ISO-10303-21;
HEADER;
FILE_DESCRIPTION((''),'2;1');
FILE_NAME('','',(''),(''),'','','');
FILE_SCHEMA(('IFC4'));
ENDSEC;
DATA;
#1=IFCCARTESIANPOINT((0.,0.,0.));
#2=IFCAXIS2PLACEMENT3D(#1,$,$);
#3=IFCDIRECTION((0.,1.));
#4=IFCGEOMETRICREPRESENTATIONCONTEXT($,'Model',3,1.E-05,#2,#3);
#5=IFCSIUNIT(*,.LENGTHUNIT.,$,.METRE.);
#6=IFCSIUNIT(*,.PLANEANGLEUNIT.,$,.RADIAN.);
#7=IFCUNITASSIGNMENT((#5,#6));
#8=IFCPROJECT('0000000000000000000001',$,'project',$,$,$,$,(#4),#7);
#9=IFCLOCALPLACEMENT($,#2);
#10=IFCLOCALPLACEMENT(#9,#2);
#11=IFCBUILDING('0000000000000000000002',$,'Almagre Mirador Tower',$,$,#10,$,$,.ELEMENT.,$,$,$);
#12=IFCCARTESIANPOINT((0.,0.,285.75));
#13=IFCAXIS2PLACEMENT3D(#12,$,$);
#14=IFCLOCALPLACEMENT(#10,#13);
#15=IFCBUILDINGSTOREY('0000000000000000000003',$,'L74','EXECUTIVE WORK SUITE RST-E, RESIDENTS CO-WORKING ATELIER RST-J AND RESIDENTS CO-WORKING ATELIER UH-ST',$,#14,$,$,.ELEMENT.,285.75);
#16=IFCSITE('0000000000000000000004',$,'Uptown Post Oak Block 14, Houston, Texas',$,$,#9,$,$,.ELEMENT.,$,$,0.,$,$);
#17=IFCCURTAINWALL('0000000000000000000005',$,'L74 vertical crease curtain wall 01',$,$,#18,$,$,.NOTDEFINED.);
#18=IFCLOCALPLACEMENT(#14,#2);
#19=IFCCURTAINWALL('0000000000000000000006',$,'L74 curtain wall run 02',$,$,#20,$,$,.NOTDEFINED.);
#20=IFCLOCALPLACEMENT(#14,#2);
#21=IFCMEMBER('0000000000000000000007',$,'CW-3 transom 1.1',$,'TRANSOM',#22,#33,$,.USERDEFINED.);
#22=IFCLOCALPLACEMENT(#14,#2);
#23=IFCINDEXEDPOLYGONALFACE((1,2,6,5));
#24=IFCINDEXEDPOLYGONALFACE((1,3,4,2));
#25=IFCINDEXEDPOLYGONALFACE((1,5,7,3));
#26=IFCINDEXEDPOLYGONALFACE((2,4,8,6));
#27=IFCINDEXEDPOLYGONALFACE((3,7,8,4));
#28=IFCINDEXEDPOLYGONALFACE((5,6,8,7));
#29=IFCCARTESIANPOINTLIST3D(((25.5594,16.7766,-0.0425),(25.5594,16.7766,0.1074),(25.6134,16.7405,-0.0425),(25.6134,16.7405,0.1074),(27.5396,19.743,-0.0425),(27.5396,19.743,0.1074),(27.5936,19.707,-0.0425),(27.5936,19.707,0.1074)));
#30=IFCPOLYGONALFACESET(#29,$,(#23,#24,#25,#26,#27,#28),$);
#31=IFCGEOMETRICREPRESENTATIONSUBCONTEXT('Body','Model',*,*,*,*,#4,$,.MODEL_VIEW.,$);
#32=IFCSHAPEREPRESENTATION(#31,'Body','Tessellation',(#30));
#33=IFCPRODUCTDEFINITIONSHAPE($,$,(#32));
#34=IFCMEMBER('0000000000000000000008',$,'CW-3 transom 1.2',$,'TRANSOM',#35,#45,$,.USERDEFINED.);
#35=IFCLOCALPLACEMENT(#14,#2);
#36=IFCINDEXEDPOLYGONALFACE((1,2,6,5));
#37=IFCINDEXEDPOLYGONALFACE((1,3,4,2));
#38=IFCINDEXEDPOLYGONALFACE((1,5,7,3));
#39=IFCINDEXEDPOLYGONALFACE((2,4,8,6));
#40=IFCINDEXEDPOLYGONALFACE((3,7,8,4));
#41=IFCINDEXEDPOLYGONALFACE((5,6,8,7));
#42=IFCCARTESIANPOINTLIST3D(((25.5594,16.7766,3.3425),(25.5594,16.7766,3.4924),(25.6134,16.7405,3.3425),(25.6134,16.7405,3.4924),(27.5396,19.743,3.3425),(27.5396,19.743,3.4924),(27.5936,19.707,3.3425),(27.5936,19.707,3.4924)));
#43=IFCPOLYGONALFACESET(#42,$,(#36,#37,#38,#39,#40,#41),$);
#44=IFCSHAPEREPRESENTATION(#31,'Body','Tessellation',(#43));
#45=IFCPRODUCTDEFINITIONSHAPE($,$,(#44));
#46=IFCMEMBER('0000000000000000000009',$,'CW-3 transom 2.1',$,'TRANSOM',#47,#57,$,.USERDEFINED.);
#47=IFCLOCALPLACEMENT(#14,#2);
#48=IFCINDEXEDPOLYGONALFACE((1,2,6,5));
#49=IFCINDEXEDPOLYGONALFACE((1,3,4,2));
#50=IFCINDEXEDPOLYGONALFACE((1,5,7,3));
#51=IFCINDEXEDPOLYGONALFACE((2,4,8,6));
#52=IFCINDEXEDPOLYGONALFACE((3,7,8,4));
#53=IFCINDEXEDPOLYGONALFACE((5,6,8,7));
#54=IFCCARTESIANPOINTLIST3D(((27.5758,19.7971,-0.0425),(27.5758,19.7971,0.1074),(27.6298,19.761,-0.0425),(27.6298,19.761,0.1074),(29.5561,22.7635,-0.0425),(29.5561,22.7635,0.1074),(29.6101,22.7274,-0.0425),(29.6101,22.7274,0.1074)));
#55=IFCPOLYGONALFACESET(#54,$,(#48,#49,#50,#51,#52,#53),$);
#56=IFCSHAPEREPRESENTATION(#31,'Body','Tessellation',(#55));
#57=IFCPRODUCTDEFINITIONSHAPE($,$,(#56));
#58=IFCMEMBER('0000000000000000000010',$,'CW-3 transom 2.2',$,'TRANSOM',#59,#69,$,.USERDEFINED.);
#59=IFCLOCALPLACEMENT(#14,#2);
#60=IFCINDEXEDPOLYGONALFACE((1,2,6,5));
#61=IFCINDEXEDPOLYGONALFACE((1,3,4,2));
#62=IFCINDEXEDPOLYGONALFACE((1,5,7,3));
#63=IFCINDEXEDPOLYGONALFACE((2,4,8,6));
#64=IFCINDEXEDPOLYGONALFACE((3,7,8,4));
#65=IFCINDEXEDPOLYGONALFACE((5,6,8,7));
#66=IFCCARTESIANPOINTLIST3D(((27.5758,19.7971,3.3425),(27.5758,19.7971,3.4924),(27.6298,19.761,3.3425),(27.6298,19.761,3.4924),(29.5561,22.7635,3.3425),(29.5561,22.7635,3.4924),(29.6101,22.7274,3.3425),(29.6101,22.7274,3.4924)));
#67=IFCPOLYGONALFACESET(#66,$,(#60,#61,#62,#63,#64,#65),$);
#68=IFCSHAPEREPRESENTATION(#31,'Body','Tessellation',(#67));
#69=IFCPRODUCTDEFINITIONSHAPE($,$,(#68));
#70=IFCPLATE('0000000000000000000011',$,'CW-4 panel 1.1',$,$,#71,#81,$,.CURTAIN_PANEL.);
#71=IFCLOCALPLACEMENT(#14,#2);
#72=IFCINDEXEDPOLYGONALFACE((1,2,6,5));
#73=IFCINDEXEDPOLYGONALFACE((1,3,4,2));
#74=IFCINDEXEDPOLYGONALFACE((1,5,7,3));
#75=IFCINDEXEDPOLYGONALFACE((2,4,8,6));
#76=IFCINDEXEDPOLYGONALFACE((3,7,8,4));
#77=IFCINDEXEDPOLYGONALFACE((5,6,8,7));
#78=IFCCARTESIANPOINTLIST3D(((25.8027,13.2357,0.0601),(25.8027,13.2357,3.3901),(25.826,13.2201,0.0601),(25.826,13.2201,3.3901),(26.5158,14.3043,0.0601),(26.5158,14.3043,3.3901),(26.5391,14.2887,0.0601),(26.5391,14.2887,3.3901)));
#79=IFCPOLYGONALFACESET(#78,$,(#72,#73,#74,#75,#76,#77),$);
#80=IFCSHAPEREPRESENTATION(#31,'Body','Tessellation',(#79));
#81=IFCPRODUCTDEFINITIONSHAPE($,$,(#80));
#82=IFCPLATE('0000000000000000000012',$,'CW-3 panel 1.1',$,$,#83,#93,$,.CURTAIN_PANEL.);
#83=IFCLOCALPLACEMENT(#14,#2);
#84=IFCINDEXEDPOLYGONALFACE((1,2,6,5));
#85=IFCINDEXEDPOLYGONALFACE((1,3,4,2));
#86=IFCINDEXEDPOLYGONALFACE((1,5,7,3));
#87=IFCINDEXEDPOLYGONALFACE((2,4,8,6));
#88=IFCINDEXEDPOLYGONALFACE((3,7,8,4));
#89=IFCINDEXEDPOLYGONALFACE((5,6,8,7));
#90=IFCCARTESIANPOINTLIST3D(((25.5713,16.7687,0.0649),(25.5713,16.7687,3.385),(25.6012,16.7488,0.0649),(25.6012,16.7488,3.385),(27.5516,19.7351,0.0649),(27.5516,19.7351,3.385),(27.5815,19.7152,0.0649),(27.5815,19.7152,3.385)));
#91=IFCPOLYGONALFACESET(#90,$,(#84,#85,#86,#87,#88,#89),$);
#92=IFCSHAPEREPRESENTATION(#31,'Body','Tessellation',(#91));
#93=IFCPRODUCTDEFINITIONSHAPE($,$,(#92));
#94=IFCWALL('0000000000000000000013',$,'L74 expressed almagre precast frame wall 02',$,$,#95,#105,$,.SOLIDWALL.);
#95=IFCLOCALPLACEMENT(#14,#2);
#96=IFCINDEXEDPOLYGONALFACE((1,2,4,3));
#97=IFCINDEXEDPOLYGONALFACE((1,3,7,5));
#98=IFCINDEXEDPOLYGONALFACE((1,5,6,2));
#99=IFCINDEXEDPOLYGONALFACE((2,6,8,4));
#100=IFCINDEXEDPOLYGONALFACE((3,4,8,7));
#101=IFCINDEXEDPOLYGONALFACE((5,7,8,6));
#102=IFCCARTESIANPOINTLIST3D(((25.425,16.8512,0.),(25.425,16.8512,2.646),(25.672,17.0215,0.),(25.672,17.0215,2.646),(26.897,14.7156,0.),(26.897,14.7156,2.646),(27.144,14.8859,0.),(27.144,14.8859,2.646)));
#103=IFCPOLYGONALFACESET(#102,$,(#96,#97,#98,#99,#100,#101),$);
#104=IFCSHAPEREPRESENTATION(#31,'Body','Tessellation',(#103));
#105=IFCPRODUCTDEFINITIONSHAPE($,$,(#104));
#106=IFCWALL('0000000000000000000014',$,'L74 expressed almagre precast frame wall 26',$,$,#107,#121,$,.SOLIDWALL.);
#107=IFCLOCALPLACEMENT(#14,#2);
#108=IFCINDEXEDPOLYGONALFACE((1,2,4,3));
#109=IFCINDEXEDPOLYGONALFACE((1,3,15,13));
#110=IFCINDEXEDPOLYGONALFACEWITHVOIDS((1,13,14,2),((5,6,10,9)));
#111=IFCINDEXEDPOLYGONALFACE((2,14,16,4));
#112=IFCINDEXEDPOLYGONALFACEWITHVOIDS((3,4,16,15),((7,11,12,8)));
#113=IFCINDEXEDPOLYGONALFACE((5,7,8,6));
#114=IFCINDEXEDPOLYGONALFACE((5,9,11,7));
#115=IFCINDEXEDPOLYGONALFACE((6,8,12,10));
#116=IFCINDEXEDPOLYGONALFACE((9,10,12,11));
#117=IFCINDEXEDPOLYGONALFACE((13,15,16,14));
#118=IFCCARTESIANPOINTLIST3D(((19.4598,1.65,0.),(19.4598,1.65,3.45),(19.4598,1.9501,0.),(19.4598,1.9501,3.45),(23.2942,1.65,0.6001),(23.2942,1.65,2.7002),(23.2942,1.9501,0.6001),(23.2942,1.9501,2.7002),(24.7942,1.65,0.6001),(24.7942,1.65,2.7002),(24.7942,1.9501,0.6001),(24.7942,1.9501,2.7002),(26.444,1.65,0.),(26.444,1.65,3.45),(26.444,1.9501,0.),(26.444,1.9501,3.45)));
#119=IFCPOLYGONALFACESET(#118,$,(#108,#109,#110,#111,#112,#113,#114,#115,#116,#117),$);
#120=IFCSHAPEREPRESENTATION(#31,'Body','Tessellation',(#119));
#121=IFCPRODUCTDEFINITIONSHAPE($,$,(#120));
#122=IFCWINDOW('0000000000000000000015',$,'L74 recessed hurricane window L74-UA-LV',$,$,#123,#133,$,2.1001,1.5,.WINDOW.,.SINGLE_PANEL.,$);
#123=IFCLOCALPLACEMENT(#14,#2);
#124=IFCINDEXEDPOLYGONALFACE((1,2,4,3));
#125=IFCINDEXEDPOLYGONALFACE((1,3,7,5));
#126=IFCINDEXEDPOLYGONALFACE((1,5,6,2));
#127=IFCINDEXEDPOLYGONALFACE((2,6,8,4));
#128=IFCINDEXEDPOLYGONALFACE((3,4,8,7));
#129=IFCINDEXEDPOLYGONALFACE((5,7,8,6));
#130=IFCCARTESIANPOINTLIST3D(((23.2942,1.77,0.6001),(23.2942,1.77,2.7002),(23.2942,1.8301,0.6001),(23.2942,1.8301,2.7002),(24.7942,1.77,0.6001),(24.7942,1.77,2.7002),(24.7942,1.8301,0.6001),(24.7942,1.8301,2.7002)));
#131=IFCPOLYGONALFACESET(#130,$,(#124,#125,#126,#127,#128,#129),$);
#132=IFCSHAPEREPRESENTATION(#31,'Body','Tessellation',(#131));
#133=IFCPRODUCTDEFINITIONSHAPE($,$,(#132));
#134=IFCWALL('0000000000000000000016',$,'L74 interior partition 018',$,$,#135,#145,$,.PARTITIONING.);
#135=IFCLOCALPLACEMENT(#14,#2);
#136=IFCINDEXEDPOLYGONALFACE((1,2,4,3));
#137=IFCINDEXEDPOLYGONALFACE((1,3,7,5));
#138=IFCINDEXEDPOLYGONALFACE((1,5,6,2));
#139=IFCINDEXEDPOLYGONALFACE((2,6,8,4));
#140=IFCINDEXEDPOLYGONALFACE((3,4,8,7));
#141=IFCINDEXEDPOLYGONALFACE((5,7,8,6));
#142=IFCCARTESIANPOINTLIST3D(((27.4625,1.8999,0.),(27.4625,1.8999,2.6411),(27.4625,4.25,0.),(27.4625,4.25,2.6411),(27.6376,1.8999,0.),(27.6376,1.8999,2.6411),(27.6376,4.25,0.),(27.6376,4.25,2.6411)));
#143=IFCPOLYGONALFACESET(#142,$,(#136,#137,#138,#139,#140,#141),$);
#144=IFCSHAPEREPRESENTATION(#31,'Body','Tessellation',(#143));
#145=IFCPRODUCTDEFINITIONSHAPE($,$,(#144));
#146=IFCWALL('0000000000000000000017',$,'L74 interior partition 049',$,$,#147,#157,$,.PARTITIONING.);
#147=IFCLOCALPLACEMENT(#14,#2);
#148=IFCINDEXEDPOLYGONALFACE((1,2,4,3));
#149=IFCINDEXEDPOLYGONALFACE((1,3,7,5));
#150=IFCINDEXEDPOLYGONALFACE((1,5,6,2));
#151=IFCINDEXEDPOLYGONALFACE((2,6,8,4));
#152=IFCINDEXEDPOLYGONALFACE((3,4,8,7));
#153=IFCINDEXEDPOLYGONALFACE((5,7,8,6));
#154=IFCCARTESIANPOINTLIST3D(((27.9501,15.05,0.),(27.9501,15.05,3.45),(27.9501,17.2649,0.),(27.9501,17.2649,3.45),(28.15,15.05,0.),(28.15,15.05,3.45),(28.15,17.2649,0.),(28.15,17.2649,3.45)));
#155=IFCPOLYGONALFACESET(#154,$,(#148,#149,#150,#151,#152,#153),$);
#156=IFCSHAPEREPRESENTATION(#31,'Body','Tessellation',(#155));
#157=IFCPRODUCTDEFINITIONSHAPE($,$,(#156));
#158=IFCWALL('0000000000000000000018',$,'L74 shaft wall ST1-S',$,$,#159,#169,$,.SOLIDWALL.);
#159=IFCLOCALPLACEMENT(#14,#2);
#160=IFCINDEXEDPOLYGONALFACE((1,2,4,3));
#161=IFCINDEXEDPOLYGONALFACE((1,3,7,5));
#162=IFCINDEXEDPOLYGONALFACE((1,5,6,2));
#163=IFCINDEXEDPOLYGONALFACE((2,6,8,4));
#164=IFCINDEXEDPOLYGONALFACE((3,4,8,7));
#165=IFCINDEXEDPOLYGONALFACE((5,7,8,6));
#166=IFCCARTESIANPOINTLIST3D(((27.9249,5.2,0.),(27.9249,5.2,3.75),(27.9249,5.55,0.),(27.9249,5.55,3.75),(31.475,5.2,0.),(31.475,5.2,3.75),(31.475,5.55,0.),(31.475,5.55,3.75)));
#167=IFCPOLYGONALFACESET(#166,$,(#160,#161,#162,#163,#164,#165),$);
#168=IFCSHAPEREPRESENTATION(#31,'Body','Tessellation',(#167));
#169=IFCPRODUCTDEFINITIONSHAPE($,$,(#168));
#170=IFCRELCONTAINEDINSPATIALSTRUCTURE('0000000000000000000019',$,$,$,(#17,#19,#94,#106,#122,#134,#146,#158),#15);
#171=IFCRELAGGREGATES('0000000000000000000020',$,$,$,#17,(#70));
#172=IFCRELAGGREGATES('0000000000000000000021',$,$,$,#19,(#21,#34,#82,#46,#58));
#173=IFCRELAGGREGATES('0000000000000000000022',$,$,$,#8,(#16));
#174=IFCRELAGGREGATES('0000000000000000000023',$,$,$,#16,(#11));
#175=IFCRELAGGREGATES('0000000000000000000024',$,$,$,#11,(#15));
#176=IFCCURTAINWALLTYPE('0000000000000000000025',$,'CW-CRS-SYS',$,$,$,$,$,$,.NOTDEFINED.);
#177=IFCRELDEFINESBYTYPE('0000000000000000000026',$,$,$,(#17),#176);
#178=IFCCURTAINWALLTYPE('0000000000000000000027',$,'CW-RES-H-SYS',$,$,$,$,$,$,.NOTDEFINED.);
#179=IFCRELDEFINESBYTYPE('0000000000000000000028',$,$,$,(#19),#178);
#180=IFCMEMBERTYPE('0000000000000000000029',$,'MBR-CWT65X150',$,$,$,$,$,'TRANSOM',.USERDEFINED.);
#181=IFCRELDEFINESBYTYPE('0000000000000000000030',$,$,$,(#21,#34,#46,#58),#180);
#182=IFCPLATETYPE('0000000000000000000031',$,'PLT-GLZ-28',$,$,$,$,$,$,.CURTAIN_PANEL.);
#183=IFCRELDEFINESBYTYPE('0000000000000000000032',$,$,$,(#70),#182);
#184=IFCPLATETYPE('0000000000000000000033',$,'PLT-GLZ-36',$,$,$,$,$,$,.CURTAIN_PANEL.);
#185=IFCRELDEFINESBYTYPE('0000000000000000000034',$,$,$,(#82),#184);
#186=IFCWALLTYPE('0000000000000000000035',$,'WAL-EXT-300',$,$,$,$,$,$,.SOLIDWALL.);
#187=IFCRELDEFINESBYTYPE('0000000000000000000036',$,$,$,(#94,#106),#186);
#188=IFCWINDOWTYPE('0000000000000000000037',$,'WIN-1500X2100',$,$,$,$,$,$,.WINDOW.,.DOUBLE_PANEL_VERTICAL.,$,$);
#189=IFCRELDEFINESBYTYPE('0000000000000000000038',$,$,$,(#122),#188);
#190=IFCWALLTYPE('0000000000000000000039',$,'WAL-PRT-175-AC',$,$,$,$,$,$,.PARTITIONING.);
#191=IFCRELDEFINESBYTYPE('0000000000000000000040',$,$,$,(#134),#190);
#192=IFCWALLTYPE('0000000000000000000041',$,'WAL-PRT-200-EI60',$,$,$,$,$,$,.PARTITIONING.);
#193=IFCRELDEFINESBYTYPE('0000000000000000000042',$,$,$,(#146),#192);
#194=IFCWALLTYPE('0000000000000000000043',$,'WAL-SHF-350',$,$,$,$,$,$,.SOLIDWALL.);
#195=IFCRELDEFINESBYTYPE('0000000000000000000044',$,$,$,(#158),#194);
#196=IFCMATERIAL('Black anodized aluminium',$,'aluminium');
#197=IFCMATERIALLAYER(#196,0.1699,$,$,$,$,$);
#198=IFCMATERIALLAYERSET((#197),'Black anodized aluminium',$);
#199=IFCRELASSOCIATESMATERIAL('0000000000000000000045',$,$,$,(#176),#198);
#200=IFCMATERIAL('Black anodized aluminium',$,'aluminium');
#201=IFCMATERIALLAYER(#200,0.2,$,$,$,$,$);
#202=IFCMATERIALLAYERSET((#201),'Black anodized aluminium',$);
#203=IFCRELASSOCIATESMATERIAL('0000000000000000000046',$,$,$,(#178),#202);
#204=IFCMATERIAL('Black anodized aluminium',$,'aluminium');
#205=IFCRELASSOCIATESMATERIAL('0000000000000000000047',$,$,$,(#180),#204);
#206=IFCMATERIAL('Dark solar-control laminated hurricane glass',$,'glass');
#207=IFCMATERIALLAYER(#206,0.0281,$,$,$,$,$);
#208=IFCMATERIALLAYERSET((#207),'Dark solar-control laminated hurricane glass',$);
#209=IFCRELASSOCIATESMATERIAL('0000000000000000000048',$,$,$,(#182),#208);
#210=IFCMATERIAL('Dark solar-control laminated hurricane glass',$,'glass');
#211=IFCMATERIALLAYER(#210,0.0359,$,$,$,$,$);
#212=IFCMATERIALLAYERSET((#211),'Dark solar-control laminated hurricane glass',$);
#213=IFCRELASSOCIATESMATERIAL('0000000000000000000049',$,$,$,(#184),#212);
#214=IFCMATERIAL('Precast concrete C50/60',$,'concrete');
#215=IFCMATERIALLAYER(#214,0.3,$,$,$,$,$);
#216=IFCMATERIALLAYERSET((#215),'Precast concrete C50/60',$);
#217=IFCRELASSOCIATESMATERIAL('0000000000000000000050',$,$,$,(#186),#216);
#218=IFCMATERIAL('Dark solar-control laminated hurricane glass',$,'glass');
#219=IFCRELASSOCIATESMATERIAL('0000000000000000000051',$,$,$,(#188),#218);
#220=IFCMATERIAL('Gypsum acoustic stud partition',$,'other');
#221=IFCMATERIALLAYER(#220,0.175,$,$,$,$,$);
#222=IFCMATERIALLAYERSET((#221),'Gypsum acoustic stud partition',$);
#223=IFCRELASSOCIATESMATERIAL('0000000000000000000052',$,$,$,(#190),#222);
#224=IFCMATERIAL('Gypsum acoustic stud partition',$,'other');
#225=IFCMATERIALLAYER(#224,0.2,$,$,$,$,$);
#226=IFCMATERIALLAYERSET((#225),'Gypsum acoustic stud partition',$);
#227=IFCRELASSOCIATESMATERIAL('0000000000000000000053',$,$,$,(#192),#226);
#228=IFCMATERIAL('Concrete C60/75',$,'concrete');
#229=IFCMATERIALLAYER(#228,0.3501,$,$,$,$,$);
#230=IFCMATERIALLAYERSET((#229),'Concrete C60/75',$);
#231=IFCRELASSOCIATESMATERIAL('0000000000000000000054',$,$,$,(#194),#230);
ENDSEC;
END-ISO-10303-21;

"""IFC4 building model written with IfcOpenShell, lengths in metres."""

from ifc_helpers import new_model, si_unit, direction, frame, frame_2d, origin, origin_2d, place, context, subcontext, project, spatial, rectangle, extrude, material, layer, layer_set, material_profile, profile_set, type_object, element, fill, aggregate, save


model = new_model("IFC4")

# Units and contexts
model_context = context("Model", 3, precision=1e-05, world=origin(), true_north=direction((0.0, 1.0)))
body_context = subcontext(model_context, "Body", "Model", "MODEL_VIEW")
ifc_project = project(units=[si_unit("LENGTHUNIT", "METRE"), si_unit("PLANEANGLEUNIT", "RADIAN")], contexts=[model_context])

# Site, building, storey
site_placement = place(None, origin())
site = spatial("IfcSite", under=ifc_project, at=site_placement, Name="Uptown Post Oak Block 14, Houston, Texas", CompositionType="ELEMENT", RefElevation=0.0)
building_placement = place(site_placement, origin())
building = spatial("IfcBuilding", under=site, at=building_placement, Name="Almagre Mirador Tower", CompositionType="ELEMENT")
storey_placement = place(building_placement, frame((0.0, 0.0, 285.75)))
storey = spatial("IfcBuildingStorey", under=building, at=storey_placement, Name="L74", Description="EXECUTIVE WORK SUITE RST-E, RESIDENTS CO-WORKING ATELIER RST-J AND RESIDENTS CO-WORKING ATELIER UH-ST", CompositionType="ELEMENT", Elevation=285.75)

# Curtain walls
ifc_material_1 = material(Name="Black anodized aluminium", Category="aluminium")
ifc_layer_1 = layer(ifc_material_1, 0.1699)
ifc_layer_set_1 = layer_set([ifc_layer_1], Name="Black anodized aluminium")
curtain_wall_type_1 = type_object("IfcCurtainWallType", Name="CW-CRS-SYS", PredefinedType="NOTDEFINED", material=ifc_layer_set_1)
curtain_wall_1_placement = place(storey_placement, origin())
curtain_wall_1 = element("IfcCurtainWall", 1, at=curtain_wall_1_placement, inside=storey, type_object=curtain_wall_type_1, Name="L74 vertical crease curtain wall 01", PredefinedType="NOTDEFINED")
ifc_material_2 = material(Name="Black anodized aluminium", Category="aluminium")
ifc_layer_2 = layer(ifc_material_2, 0.2)
ifc_layer_set_2 = layer_set([ifc_layer_2], Name="Black anodized aluminium")
curtain_wall_type_2 = type_object("IfcCurtainWallType", Name="CW-RES-H-SYS", PredefinedType="NOTDEFINED", material=ifc_layer_set_2)
curtain_wall_2_placement = place(storey_placement, origin())
curtain_wall_2 = element("IfcCurtainWall", 2, at=curtain_wall_2_placement, inside=storey, type_object=curtain_wall_type_2, Name="L74 curtain wall run 02", PredefinedType="NOTDEFINED")

# Members
ifc_material_3 = material(Name="Black anodized aluminium", Category="aluminium")
ifc_material_profile_1 = material_profile(ifc_material_3, rectangle(XDim=0.0649, YDim=0.1499, at=origin_2d()), Name="CWT65X150")
ifc_profile_set_1 = profile_set([ifc_material_profile_1], Name="Black anodized aluminium")
member_type_1 = type_object("IfcMemberType", Name="MBR-CWT65X150", ElementType="TRANSOM", PredefinedType="USERDEFINED", material=ifc_profile_set_1)
member_1_placement = place(storey_placement, frame((25.5864, 16.7585, 0.0325), z_axis=(0.55519, 0.831724, 0.0), x_axis=(-0.831724, 0.55519, 0.0)))
member_1 = element("IfcMember", 3, at=member_1_placement, type_object=member_type_1, Name="CW-3 transom 1.1", ObjectType="TRANSOM", PredefinedType="USERDEFINED", context=body_context, shape_type="SweptSolid", body=[
    extrude(rectangle(XDim=0.0649, YDim=0.1499, at=origin_2d()), origin(), (0.0, 0.0, 1.0), 3.5667),
])
member_2_placement = place(storey_placement, frame((25.5864, 16.7585, 3.4175), z_axis=(0.55519, 0.831724, 0.0), x_axis=(-0.831724, 0.55519, 0.0)))
member_2 = element("IfcMember", 4, at=member_2_placement, type_object=member_type_1, Name="CW-3 transom 1.2", ObjectType="TRANSOM", PredefinedType="USERDEFINED", context=body_context, shape_type="SweptSolid", body=[
    extrude(rectangle(XDim=0.0649, YDim=0.1499, at=origin_2d()), origin(), (0.0, 0.0, 1.0), 3.5667),
])
member_3_placement = place(storey_placement, frame((27.6028, 19.7791, 0.0325), z_axis=(0.555221, 0.831703, 0.0), x_axis=(-0.831703, 0.555221, 0.0)))
member_3 = element("IfcMember", 5, at=member_3_placement, type_object=member_type_1, Name="CW-3 transom 2.1", ObjectType="TRANSOM", PredefinedType="USERDEFINED", context=body_context, shape_type="SweptSolid", body=[
    extrude(rectangle(XDim=0.0649, YDim=0.1499, at=origin_2d()), origin(), (0.0, 0.0, 1.0), 3.5667),
])
member_4_placement = place(storey_placement, frame((27.6028, 19.7791, 3.4175), z_axis=(0.555221, 0.831703, 0.0), x_axis=(-0.831703, 0.555221, 0.0)))
member_4 = element("IfcMember", 6, at=member_4_placement, type_object=member_type_1, Name="CW-3 transom 2.2", ObjectType="TRANSOM", PredefinedType="USERDEFINED", context=body_context, shape_type="SweptSolid", body=[
    extrude(rectangle(XDim=0.0649, YDim=0.1499, at=origin_2d()), origin(), (0.0, 0.0, 1.0), 3.5667),
])

# Plates
ifc_material_4 = material(Name="Dark solar-control laminated hurricane glass", Category="glass")
ifc_layer_3 = layer(ifc_material_4, 0.0281)
ifc_layer_set_3 = layer_set([ifc_layer_3], Name="Dark solar-control laminated hurricane glass")
plate_type_1 = type_object("IfcPlateType", Name="PLT-GLZ-28", PredefinedType="CURTAIN_PANEL", material=ifc_layer_set_3)
plate_1_placement = place(storey_placement, frame((26.1709, 13.7622, 0.0601), z_axis=(0.0, 0.0, 1.0), x_axis=(0.555111, 0.831776, 0.0)))
plate_1 = element("IfcPlate", 7, at=plate_1_placement, type_object=plate_type_1, Name="CW-4 panel 1.1", PredefinedType="CURTAIN_PANEL", context=body_context, shape_type="SweptSolid", body=[
    extrude(rectangle(XDim=1.2847, YDim=0.0281, at=origin_2d()), origin(), (0.0, 0.0, 1.0), 3.3301),
])
aggregate(curtain_wall_1, [plate_1])
ifc_material_5 = material(Name="Dark solar-control laminated hurricane glass", Category="glass")
ifc_layer_4 = layer(ifc_material_5, 0.0359)
ifc_layer_set_4 = layer_set([ifc_layer_4], Name="Dark solar-control laminated hurricane glass")
plate_type_2 = type_object("IfcPlateType", Name="PLT-GLZ-36", PredefinedType="CURTAIN_PANEL", material=ifc_layer_set_4)
plate_2_placement = place(storey_placement, frame((26.5764, 18.2419, 0.0649), z_axis=(0.0, 0.0, 1.0), x_axis=(0.555223, 0.831702, 0.0)))
plate_2 = element("IfcPlate", 8, at=plate_2_placement, type_object=plate_type_2, Name="CW-3 panel 1.1", PredefinedType="CURTAIN_PANEL", context=body_context, shape_type="SweptSolid", body=[
    extrude(rectangle(XDim=3.5667, YDim=0.0359, at=origin_2d()), origin(), (0.0, 0.0, 1.0), 3.3201),
])
aggregate(curtain_wall_2, [member_1, member_2, plate_2, member_3, member_4])

# Wall
ifc_material_6 = material(Name="Precast concrete C50/60", Category="concrete")
ifc_layer_5 = layer(ifc_material_6, 0.3)
ifc_layer_set_5 = layer_set([ifc_layer_5], Name="Precast concrete C50/60")
wall_type_1 = type_object("IfcWallType", Name="WAL-EXT-300", PredefinedType="SOLIDWALL", material=ifc_layer_set_5)
wall_1_placement = place(storey_placement, frame((27.0205, 14.8008, 0.0), z_axis=(0.0, 0.0, 1.0), x_axis=(-0.567515, 0.823363, 0.0)))
element("IfcWall", 9, at=wall_1_placement, inside=storey, type_object=wall_type_1, Name="L74 expressed almagre precast frame wall 02", PredefinedType="SOLIDWALL", context=body_context, shape_type="SweptSolid", body=[
    extrude(rectangle(XDim=2.5938, YDim=0.3, at=frame_2d((1.2969, 0.0))), origin(), (0.0, 0.0, 1.0), 2.646),
])

# Wall, opening, window
wall_2_placement = place(storey_placement, frame((26.4441, 1.8, 0.0), z_axis=(0.0, 0.0, 1.0), x_axis=(-1.0, 0.0, 0.0)))
wall_2 = element("IfcWall", 10, at=wall_2_placement, inside=storey, type_object=wall_type_1, Name="L74 expressed almagre precast frame wall 26", PredefinedType="SOLIDWALL", context=body_context, shape_type="SweptSolid", body=[
    extrude(rectangle(XDim=6.9841, YDim=0.3, at=frame_2d((3.4922, 0.0))), origin(), (0.0, 0.0, 1.0), 3.45),
])
opening_1_placement = place(wall_2_placement, frame((1.6499, 0.0, 0.6001)))
opening_1 = element("IfcOpeningElement", 11, at=opening_1_placement, cuts=wall_2, PredefinedType="OPENING", context=body_context, shape_type="SweptSolid", body=[
    extrude(rectangle(XDim=1.5, YDim=2.1001, at=frame_2d((0.75, 1.05))), frame((0.0, 0.1599, 0.0), z_axis=(0.0, -1.0, 0.0), x_axis=(1.0, 0.0, 0.0)), (0.0, 0.0, 1.0), 0.32),
])
ifc_material_7 = material(Name="Dark solar-control laminated hurricane glass", Category="glass")
window_type = type_object("IfcWindowType", Name="WIN-1500X2100", PartitioningType="DOUBLE_PANEL_VERTICAL", PredefinedType="WINDOW", material=ifc_material_7)
window_placement = place(opening_1_placement, origin())
window = element("IfcWindow", 12, at=window_placement, inside=storey, type_object=window_type, Name="L74 recessed hurricane window L74-UA-LV", OverallHeight=2.1001, OverallWidth=1.5, PartitioningType="SINGLE_PANEL", PredefinedType="WINDOW", context=body_context, shape_type="SweptSolid", body=[
    extrude(rectangle(XDim=1.5, YDim=2.1001, at=frame_2d((0.75, 1.05))), frame((0.0, 0.03, 0.0), z_axis=(0.0, -1.0, 0.0), x_axis=(1.0, 0.0, 0.0)), (0.0, 0.0, 1.0), 0.0601),
])
fill(opening_1, window)

# Walls
ifc_material_8 = material(Name="Gypsum acoustic stud partition", Category="other")
ifc_layer_6 = layer(ifc_material_8, 0.175)
ifc_layer_set_6 = layer_set([ifc_layer_6], Name="Gypsum acoustic stud partition")
wall_type_2 = type_object("IfcWallType", Name="WAL-PRT-175-AC", PredefinedType="PARTITIONING", material=ifc_layer_set_6)
wall_3_placement = place(storey_placement, frame((27.55, 1.8999, 0.0), z_axis=(0.0, 0.0, 1.0), x_axis=(0.0, 1.0, 0.0)))
element("IfcWall", 13, at=wall_3_placement, inside=storey, type_object=wall_type_2, Name="L74 interior partition 018", PredefinedType="PARTITIONING", context=body_context, shape_type="SweptSolid", body=[
    extrude(rectangle(XDim=2.3501, YDim=0.175, at=frame_2d((1.175, 0.0))), origin(), (0.0, 0.0, 1.0), 2.6411),
])
ifc_material_9 = material(Name="Gypsum acoustic stud partition", Category="other")
ifc_layer_7 = layer(ifc_material_9, 0.2)
ifc_layer_set_7 = layer_set([ifc_layer_7], Name="Gypsum acoustic stud partition")
wall_type_3 = type_object("IfcWallType", Name="WAL-PRT-200-EI60", PredefinedType="PARTITIONING", material=ifc_layer_set_7)
wall_4_placement = place(storey_placement, frame((28.05, 17.2649, 0.0), z_axis=(0.0, 0.0, 1.0), x_axis=(0.0, -1.0, 0.0)))
element("IfcWall", 14, at=wall_4_placement, inside=storey, type_object=wall_type_3, Name="L74 interior partition 049", PredefinedType="PARTITIONING", context=body_context, shape_type="SweptSolid", body=[
    extrude(rectangle(XDim=2.2148, YDim=0.2, at=frame_2d((1.1074, 0.0))), origin(), (0.0, 0.0, 1.0), 3.45),
])
ifc_material_10 = material(Name="Concrete C60/75", Category="concrete")
ifc_layer_8 = layer(ifc_material_10, 0.3501)
ifc_layer_set_8 = layer_set([ifc_layer_8], Name="Concrete C60/75")
wall_type_4 = type_object("IfcWallType", Name="WAL-SHF-350", PredefinedType="SOLIDWALL", material=ifc_layer_set_8)
wall_5_placement = place(storey_placement, frame((27.925, 5.375, 0.0), z_axis=(0.0, 0.0, 1.0), x_axis=(1.0, 0.0, 0.0)))
element("IfcWall", 15, at=wall_5_placement, inside=storey, type_object=wall_type_4, Name="L74 shaft wall ST1-S", PredefinedType="SOLIDWALL", context=body_context, shape_type="SweptSolid", body=[
    extrude(rectangle(XDim=3.55, YDim=0.3501, at=frame_2d((1.7749, 0.0))), origin(), (0.0, 0.0, 1.0), 3.75),
])

save(model, "model.ifc")
